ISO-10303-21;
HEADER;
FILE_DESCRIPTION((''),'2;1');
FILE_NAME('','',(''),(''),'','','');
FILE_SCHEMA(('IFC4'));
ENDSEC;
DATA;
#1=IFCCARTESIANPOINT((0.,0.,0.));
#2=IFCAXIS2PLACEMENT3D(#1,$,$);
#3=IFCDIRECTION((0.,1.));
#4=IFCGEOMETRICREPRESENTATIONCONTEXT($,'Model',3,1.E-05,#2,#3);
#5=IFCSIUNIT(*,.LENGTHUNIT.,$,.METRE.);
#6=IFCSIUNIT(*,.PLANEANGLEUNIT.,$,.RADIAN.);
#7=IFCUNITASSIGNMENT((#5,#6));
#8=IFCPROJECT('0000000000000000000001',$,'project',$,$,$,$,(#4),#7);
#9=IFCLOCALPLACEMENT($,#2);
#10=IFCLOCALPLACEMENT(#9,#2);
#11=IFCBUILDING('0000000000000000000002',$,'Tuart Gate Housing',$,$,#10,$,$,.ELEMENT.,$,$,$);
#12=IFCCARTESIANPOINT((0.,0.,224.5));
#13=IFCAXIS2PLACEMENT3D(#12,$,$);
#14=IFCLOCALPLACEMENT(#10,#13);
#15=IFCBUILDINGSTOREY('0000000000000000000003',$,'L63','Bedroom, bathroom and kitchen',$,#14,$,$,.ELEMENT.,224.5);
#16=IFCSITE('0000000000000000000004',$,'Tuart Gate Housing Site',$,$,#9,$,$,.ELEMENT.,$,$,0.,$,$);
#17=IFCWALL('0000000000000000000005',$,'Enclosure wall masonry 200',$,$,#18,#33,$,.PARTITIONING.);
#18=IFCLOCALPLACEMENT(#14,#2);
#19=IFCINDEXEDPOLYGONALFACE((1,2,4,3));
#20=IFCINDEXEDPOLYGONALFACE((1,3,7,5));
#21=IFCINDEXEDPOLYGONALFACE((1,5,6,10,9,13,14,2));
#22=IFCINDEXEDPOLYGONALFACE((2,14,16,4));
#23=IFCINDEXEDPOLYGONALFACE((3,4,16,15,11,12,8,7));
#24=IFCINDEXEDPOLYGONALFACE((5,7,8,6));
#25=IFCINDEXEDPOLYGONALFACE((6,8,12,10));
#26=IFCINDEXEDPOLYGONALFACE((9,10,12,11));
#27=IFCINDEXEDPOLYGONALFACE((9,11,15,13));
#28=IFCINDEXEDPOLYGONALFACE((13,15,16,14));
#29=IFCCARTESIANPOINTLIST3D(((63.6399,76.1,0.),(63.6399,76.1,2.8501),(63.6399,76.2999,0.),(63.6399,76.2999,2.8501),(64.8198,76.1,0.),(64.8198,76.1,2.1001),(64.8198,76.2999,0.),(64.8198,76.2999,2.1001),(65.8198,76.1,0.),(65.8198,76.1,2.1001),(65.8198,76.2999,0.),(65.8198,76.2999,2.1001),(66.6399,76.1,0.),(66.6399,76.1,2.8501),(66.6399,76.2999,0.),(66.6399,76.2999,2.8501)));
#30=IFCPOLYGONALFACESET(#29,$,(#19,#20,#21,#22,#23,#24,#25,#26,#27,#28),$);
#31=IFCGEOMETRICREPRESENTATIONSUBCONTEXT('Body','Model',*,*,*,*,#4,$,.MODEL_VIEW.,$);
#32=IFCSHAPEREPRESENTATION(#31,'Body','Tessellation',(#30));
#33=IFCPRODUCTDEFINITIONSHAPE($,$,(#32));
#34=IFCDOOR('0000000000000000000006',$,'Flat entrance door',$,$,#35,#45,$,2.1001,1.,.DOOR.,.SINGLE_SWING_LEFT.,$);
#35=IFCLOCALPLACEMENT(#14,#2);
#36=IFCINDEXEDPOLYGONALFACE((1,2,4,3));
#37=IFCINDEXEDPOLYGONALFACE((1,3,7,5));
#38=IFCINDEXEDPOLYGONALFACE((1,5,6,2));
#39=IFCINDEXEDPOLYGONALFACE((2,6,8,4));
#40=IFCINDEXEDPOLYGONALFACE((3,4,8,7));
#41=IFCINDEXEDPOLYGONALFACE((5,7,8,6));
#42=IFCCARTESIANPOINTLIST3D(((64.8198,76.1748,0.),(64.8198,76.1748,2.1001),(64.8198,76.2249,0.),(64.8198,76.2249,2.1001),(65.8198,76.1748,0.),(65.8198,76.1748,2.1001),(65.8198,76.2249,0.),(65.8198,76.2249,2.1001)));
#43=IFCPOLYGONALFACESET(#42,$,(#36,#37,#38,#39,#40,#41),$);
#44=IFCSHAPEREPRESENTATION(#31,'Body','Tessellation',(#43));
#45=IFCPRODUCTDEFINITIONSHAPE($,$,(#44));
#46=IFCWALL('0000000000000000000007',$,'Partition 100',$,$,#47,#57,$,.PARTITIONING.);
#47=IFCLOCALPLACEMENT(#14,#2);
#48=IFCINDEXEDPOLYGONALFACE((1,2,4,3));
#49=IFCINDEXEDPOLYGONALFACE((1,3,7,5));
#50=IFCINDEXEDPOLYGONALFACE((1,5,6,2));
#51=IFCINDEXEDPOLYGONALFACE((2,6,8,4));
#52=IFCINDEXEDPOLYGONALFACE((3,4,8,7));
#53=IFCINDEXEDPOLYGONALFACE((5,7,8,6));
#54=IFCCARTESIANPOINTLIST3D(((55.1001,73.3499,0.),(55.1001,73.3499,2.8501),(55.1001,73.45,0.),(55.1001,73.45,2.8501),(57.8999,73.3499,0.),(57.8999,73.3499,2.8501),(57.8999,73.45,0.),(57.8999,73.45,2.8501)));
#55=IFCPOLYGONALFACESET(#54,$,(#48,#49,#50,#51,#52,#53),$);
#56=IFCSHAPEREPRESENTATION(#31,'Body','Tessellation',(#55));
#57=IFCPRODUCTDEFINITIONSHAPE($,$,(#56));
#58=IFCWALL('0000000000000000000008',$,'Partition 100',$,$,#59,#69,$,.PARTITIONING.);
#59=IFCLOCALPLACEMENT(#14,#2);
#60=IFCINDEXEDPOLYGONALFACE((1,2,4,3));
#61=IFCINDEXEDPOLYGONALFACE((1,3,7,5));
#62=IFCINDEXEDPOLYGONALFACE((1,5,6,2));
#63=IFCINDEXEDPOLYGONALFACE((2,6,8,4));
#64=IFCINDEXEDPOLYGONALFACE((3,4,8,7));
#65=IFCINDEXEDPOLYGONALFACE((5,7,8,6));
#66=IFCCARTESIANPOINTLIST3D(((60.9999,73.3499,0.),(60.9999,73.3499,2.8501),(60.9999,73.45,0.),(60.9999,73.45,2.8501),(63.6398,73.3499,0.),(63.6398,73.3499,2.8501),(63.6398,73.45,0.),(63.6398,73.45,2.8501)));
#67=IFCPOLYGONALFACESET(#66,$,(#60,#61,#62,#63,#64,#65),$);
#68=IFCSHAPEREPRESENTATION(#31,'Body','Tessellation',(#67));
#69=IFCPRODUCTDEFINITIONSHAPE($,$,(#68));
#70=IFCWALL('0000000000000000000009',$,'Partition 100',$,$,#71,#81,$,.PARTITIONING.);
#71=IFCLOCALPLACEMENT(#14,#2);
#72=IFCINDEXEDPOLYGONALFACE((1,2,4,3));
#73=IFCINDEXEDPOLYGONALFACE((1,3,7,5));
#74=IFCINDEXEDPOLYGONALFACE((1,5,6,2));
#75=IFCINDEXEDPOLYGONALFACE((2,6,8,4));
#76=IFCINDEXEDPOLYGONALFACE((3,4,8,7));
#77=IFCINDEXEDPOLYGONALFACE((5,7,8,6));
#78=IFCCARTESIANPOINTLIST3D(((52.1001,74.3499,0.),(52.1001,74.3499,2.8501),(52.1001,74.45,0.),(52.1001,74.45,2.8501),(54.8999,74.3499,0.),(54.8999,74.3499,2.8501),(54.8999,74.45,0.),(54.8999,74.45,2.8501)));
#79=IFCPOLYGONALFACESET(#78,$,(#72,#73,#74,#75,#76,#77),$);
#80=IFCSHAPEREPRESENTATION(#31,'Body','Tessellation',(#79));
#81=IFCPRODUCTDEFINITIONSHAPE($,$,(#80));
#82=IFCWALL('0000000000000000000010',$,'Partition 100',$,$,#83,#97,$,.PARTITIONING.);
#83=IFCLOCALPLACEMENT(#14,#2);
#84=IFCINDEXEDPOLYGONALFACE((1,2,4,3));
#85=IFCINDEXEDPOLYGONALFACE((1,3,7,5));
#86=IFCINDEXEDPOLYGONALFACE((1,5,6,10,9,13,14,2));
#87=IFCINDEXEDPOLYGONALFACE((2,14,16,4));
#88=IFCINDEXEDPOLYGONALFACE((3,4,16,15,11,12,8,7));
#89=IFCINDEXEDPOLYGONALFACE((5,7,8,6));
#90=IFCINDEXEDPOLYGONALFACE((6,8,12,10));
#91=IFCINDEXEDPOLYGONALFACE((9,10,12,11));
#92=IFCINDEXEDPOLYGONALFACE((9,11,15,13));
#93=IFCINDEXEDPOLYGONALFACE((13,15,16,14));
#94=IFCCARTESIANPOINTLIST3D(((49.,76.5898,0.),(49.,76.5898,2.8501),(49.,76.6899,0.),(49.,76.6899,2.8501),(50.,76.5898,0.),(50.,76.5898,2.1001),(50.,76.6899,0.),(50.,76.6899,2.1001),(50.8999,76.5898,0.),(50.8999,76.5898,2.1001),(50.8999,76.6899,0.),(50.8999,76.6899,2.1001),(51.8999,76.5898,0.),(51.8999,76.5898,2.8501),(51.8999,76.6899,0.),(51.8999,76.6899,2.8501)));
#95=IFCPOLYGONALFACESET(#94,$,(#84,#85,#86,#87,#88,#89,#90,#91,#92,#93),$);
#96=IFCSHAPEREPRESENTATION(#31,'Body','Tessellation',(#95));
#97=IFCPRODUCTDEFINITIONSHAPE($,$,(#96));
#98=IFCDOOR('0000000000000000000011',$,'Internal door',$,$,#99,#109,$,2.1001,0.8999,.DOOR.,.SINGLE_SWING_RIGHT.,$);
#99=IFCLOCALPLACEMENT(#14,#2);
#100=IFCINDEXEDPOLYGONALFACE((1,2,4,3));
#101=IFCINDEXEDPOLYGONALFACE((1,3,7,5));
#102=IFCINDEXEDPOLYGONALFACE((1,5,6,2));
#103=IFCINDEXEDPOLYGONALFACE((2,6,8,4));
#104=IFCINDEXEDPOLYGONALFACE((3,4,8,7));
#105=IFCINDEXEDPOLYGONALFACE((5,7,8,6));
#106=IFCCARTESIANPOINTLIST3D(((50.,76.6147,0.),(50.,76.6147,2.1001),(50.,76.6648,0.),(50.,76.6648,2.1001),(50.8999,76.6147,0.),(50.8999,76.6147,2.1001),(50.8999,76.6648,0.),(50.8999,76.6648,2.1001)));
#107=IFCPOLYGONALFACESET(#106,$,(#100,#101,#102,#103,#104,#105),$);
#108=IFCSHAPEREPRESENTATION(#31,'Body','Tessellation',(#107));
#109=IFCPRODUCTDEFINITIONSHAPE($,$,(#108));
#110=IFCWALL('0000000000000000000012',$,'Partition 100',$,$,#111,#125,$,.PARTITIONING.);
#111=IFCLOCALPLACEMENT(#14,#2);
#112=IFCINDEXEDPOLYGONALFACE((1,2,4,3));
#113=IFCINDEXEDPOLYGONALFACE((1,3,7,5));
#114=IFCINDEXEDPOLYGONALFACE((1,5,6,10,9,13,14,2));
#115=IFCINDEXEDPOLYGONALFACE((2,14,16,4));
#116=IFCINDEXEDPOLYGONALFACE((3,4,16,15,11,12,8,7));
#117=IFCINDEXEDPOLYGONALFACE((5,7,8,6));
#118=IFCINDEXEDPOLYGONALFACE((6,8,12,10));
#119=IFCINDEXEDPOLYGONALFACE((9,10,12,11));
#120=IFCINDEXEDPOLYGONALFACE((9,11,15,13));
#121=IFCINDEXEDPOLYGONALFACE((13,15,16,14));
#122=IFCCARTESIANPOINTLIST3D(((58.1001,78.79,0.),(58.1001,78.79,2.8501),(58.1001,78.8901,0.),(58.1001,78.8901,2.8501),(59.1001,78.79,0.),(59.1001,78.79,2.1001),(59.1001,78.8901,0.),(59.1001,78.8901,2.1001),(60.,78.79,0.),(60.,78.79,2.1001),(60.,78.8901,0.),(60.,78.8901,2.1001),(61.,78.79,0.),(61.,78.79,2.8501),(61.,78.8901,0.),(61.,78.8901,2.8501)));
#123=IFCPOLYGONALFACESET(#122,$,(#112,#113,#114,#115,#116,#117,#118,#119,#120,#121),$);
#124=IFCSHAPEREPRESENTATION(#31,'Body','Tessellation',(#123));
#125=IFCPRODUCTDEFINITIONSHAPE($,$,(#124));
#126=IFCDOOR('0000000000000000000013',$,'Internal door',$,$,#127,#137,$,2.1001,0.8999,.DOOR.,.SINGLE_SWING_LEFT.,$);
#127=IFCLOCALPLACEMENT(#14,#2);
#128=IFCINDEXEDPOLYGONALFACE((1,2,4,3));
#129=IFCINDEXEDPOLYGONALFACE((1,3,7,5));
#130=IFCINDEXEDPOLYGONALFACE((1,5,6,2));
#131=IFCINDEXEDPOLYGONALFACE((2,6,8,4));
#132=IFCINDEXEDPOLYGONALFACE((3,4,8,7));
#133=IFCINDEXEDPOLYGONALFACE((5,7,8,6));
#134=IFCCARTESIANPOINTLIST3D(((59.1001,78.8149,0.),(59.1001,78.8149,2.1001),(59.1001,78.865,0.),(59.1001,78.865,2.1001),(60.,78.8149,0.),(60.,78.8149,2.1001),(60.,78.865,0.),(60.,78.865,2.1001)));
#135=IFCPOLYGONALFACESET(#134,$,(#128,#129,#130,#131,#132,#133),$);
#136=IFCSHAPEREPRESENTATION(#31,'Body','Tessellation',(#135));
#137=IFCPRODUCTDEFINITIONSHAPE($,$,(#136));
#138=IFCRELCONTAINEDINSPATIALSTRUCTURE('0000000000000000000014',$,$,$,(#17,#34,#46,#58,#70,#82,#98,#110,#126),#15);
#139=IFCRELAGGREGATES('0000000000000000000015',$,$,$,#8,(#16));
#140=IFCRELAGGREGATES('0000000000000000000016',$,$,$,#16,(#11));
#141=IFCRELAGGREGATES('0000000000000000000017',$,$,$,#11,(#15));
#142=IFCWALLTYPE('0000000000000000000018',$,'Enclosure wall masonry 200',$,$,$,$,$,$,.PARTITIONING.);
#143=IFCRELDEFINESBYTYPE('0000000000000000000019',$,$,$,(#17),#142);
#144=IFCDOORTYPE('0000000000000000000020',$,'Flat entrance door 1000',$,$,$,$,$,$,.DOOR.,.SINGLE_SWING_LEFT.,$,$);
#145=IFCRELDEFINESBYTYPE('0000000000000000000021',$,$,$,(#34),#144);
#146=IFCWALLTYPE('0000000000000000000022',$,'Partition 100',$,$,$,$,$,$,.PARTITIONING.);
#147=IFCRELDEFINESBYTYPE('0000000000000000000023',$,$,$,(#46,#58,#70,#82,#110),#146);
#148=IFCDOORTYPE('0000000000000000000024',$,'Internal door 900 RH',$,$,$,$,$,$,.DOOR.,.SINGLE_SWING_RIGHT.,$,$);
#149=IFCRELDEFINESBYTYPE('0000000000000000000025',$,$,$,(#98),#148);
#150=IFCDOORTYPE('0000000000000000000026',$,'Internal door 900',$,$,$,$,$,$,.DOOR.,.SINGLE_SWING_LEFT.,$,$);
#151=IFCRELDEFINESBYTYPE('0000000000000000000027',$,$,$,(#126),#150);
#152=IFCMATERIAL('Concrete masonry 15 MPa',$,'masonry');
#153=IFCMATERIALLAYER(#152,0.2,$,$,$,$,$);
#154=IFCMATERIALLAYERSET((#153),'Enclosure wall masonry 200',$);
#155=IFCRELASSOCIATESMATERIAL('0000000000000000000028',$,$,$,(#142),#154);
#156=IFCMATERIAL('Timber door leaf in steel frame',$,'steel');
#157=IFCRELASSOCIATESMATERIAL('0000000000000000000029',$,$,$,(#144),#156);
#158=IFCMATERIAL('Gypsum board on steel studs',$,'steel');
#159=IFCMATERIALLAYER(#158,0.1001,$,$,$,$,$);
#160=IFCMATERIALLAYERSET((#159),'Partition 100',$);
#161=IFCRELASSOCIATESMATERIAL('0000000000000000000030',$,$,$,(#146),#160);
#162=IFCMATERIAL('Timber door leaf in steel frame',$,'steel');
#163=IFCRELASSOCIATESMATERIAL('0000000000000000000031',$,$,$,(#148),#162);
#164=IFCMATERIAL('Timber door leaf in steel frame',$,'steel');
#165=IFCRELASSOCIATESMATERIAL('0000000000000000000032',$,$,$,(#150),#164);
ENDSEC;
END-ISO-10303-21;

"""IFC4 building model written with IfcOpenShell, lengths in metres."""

from ifc_helpers import new_model, si_unit, direction, frame, frame_2d, origin, place, context, subcontext, project, spatial, rectangle, extrude, material, layer, layer_set, type_object, element, fill, save


model = new_model("IFC4")

# Units and contexts
model_context = context("Model", 3, precision=1e-05, world=origin(), true_north=direction((0.0, 1.0)))
body_context = subcontext(model_context, "Body", "Model", "MODEL_VIEW")
ifc_project = project(units=[si_unit("LENGTHUNIT", "METRE"), si_unit("PLANEANGLEUNIT", "RADIAN")], contexts=[model_context])

# Site, building, storey
site_placement = place(None, origin())
site = spatial("IfcSite", under=ifc_project, at=site_placement, Name="Tuart Gate Housing Site", CompositionType="ELEMENT", RefElevation=0.0)
building_placement = place(site_placement, origin())
building = spatial("IfcBuilding", under=site, at=building_placement, Name="Tuart Gate Housing", CompositionType="ELEMENT")
storey_placement = place(building_placement, frame((0.0, 0.0, 224.5)))
storey = spatial("IfcBuildingStorey", under=building, at=storey_placement, Name="L63", Description="Bedroom, bathroom and kitchen", CompositionType="ELEMENT", Elevation=224.5)

# Wall, opening, door
ifc_material_1 = material(Name="Concrete masonry 15 MPa", Category="masonry")
ifc_layer_1 = layer(ifc_material_1, 0.2)
ifc_layer_set_1 = layer_set([ifc_layer_1], Name="Enclosure wall masonry 200")
wall_type_1 = type_object("IfcWallType", Name="Enclosure wall masonry 200", PredefinedType="PARTITIONING", material=ifc_layer_set_1)
wall_1_placement = place(storey_placement, frame((63.6399, 76.2, 0.0), z_axis=(0.0, 0.0, 1.0), x_axis=(1.0, 0.0, 0.0)))
wall_1 = element("IfcWall", 1, at=wall_1_placement, inside=storey, type_object=wall_type_1, Name="Enclosure wall masonry 200", PredefinedType="PARTITIONING", context=body_context, shape_type="SweptSolid", body=[
    extrude(rectangle(XDim=3.0, YDim=0.2, at=frame_2d((1.5, 0.0))), origin(), (0.0, 0.0, 1.0), 2.8501),
])
opening_1_placement = place(wall_1_placement, frame((1.1799, 0.0, 0.0)))
opening_1 = element("IfcOpeningElement", 2, at=opening_1_placement, cuts=wall_1, PredefinedType="OPENING", context=body_context, shape_type="SweptSolid", body=[
    extrude(rectangle(XDim=1.0, YDim=2.1001, at=frame_2d((0.5, 1.05))), frame((0.0, 0.1099, 0.0), z_axis=(0.0, -1.0, 0.0), x_axis=(1.0, 0.0, 0.0)), (0.0, 0.0, 1.0), 0.22),
])
ifc_material_2 = material(Name="Timber door leaf in steel frame", Category="steel")
door_type_1 = type_object("IfcDoorType", Name="Flat entrance door 1000", OperationType="SINGLE_SWING_LEFT", PredefinedType="DOOR", material=ifc_material_2)
door_1_placement = place(opening_1_placement, origin())
door_1 = element("IfcDoor", 3, at=door_1_placement, inside=storey, type_object=door_type_1, Name="Flat entrance door", OperationType="SINGLE_SWING_LEFT", OverallHeight=2.1001, OverallWidth=1.0, PredefinedType="DOOR", context=body_context, shape_type="SweptSolid", body=[
    extrude(rectangle(XDim=1.0, YDim=2.1001, at=frame_2d((0.5, 1.05))), frame((0.0, 0.0249, 0.0), z_axis=(0.0, -1.0, 0.0), x_axis=(1.0, 0.0, 0.0)), (0.0, 0.0, 1.0), 0.05),
])
fill(opening_1, door_1)

# Walls
ifc_material_3 = material(Name="Gypsum board on steel studs", Category="steel")
ifc_layer_2 = layer(ifc_material_3, 0.1001)
ifc_layer_set_2 = layer_set([ifc_layer_2], Name="Partition 100")
wall_type_2 = type_object("IfcWallType", Name="Partition 100", PredefinedType="PARTITIONING", material=ifc_layer_set_2)
wall_2_placement = place(storey_placement, frame((55.1001, 73.3999, 0.0), z_axis=(0.0, 0.0, 1.0), x_axis=(1.0, 0.0, 0.0)))
element("IfcWall", 4, at=wall_2_placement, inside=storey, type_object=wall_type_2, Name="Partition 100", PredefinedType="PARTITIONING", context=body_context, shape_type="SweptSolid", body=[
    extrude(rectangle(XDim=2.7998, YDim=0.1001, at=frame_2d((1.3999, 0.0))), origin(), (0.0, 0.0, 1.0), 2.8501),
])
wall_3_placement = place(storey_placement, frame((61.0, 73.3999, 0.0), z_axis=(0.0, 0.0, 1.0), x_axis=(1.0, 0.0, 0.0)))
element("IfcWall", 5, at=wall_3_placement, inside=storey, type_object=wall_type_2, Name="Partition 100", PredefinedType="PARTITIONING", context=body_context, shape_type="SweptSolid", body=[
    extrude(rectangle(XDim=2.6399, YDim=0.1001, at=frame_2d((1.3198, 0.0))), origin(), (0.0, 0.0, 1.0), 2.8501),
])
wall_4_placement = place(storey_placement, frame((52.1001, 74.3999, 0.0), z_axis=(0.0, 0.0, 1.0), x_axis=(1.0, 0.0, 0.0)))
element("IfcWall", 6, at=wall_4_placement, inside=storey, type_object=wall_type_2, Name="Partition 100", PredefinedType="PARTITIONING", context=body_context, shape_type="SweptSolid", body=[
    extrude(rectangle(XDim=2.7998, YDim=0.1001, at=frame_2d((1.3999, 0.0))), origin(), (0.0, 0.0, 1.0), 2.8501),
])

# Walls, openings, doors
wall_5_placement = place(storey_placement, frame((49.0, 76.6399, 0.0), z_axis=(0.0, 0.0, 1.0), x_axis=(1.0, 0.0, 0.0)))
wall_5 = element("IfcWall", 7, at=wall_5_placement, inside=storey, type_object=wall_type_2, Name="Partition 100", PredefinedType="PARTITIONING", context=body_context, shape_type="SweptSolid", body=[
    extrude(rectangle(XDim=2.8999, YDim=0.1001, at=frame_2d((1.45, 0.0))), origin(), (0.0, 0.0, 1.0), 2.8501),
])
opening_2_placement = place(wall_5_placement, frame((1.0, 0.0, 0.0)))
opening_2 = element("IfcOpeningElement", 8, at=opening_2_placement, cuts=wall_5, PredefinedType="OPENING", context=body_context, shape_type="SweptSolid", body=[
    extrude(rectangle(XDim=0.8999, YDim=2.1001, at=frame_2d((0.45, 1.05))), frame((0.0, 0.0601, 0.0), z_axis=(0.0, -1.0, 0.0), x_axis=(1.0, 0.0, 0.0)), (0.0, 0.0, 1.0), 0.1201),
])
ifc_material_4 = material(Name="Timber door leaf in steel frame", Category="steel")
door_type_2 = type_object("IfcDoorType", Name="Internal door 900 RH", OperationType="SINGLE_SWING_RIGHT", PredefinedType="DOOR", material=ifc_material_4)
door_2_placement = place(opening_2_placement, frame((0.8999, 0.0, 0.0), z_axis=(0.0, 0.0, 1.0), x_axis=(-1.0, 0.0, 0.0)))
door_2 = element("IfcDoor", 9, at=door_2_placement, inside=storey, type_object=door_type_2, Name="Internal door", OperationType="SINGLE_SWING_RIGHT", OverallHeight=2.1001, OverallWidth=0.8999, PredefinedType="DOOR", context=body_context, shape_type="SweptSolid", body=[
    extrude(rectangle(XDim=0.8999, YDim=2.1001, at=frame_2d((0.45, 1.05))), frame((0.0, 0.0251, 0.0), z_axis=(0.0, -1.0, 0.0), x_axis=(1.0, 0.0, 0.0)), (0.0, 0.0, 1.0), 0.05),
])
fill(opening_2, door_2)
wall_6_placement = place(storey_placement, frame((58.1001, 78.8401, 0.0), z_axis=(0.0, 0.0, 1.0), x_axis=(1.0, 0.0, 0.0)))
wall_6 = element("IfcWall", 10, at=wall_6_placement, inside=storey, type_object=wall_type_2, Name="Partition 100", PredefinedType="PARTITIONING", context=body_context, shape_type="SweptSolid", body=[
    extrude(rectangle(XDim=2.8999, YDim=0.1001, at=frame_2d((1.45, 0.0))), origin(), (0.0, 0.0, 1.0), 2.8501),
])
opening_3_placement = place(wall_6_placement, frame((1.0, 0.0, 0.0)))
opening_3 = element("IfcOpeningElement", 11, at=opening_3_placement, cuts=wall_6, PredefinedType="OPENING", context=body_context, shape_type="SweptSolid", body=[
    extrude(rectangle(XDim=0.8999, YDim=2.1001, at=frame_2d((0.45, 1.05))), frame((0.0, 0.0601, 0.0), z_axis=(0.0, -1.0, 0.0), x_axis=(1.0, 0.0, 0.0)), (0.0, 0.0, 1.0), 0.1201),
])
ifc_material_5 = material(Name="Timber door leaf in steel frame", Category="steel")
door_type_3 = type_object("IfcDoorType", Name="Internal door 900", OperationType="SINGLE_SWING_LEFT", PredefinedType="DOOR", material=ifc_material_5)
door_3_placement = place(opening_3_placement, frame((0.8999, 0.0, 0.0), z_axis=(0.0, 0.0, 1.0), x_axis=(-1.0, 0.0, 0.0)))
door_3 = element("IfcDoor", 12, at=door_3_placement, inside=storey, type_object=door_type_3, Name="Internal door", OperationType="SINGLE_SWING_LEFT", OverallHeight=2.1001, OverallWidth=0.8999, PredefinedType="DOOR", context=body_context, shape_type="SweptSolid", body=[
    extrude(rectangle(XDim=0.8999, YDim=2.1001, at=frame_2d((0.45, 1.05))), frame((0.0, 0.0251, 0.0), z_axis=(0.0, -1.0, 0.0), x_axis=(1.0, 0.0, 0.0)), (0.0, 0.0, 1.0), 0.05),
])
fill(opening_3, door_3)

save(model, "model.ifc")
